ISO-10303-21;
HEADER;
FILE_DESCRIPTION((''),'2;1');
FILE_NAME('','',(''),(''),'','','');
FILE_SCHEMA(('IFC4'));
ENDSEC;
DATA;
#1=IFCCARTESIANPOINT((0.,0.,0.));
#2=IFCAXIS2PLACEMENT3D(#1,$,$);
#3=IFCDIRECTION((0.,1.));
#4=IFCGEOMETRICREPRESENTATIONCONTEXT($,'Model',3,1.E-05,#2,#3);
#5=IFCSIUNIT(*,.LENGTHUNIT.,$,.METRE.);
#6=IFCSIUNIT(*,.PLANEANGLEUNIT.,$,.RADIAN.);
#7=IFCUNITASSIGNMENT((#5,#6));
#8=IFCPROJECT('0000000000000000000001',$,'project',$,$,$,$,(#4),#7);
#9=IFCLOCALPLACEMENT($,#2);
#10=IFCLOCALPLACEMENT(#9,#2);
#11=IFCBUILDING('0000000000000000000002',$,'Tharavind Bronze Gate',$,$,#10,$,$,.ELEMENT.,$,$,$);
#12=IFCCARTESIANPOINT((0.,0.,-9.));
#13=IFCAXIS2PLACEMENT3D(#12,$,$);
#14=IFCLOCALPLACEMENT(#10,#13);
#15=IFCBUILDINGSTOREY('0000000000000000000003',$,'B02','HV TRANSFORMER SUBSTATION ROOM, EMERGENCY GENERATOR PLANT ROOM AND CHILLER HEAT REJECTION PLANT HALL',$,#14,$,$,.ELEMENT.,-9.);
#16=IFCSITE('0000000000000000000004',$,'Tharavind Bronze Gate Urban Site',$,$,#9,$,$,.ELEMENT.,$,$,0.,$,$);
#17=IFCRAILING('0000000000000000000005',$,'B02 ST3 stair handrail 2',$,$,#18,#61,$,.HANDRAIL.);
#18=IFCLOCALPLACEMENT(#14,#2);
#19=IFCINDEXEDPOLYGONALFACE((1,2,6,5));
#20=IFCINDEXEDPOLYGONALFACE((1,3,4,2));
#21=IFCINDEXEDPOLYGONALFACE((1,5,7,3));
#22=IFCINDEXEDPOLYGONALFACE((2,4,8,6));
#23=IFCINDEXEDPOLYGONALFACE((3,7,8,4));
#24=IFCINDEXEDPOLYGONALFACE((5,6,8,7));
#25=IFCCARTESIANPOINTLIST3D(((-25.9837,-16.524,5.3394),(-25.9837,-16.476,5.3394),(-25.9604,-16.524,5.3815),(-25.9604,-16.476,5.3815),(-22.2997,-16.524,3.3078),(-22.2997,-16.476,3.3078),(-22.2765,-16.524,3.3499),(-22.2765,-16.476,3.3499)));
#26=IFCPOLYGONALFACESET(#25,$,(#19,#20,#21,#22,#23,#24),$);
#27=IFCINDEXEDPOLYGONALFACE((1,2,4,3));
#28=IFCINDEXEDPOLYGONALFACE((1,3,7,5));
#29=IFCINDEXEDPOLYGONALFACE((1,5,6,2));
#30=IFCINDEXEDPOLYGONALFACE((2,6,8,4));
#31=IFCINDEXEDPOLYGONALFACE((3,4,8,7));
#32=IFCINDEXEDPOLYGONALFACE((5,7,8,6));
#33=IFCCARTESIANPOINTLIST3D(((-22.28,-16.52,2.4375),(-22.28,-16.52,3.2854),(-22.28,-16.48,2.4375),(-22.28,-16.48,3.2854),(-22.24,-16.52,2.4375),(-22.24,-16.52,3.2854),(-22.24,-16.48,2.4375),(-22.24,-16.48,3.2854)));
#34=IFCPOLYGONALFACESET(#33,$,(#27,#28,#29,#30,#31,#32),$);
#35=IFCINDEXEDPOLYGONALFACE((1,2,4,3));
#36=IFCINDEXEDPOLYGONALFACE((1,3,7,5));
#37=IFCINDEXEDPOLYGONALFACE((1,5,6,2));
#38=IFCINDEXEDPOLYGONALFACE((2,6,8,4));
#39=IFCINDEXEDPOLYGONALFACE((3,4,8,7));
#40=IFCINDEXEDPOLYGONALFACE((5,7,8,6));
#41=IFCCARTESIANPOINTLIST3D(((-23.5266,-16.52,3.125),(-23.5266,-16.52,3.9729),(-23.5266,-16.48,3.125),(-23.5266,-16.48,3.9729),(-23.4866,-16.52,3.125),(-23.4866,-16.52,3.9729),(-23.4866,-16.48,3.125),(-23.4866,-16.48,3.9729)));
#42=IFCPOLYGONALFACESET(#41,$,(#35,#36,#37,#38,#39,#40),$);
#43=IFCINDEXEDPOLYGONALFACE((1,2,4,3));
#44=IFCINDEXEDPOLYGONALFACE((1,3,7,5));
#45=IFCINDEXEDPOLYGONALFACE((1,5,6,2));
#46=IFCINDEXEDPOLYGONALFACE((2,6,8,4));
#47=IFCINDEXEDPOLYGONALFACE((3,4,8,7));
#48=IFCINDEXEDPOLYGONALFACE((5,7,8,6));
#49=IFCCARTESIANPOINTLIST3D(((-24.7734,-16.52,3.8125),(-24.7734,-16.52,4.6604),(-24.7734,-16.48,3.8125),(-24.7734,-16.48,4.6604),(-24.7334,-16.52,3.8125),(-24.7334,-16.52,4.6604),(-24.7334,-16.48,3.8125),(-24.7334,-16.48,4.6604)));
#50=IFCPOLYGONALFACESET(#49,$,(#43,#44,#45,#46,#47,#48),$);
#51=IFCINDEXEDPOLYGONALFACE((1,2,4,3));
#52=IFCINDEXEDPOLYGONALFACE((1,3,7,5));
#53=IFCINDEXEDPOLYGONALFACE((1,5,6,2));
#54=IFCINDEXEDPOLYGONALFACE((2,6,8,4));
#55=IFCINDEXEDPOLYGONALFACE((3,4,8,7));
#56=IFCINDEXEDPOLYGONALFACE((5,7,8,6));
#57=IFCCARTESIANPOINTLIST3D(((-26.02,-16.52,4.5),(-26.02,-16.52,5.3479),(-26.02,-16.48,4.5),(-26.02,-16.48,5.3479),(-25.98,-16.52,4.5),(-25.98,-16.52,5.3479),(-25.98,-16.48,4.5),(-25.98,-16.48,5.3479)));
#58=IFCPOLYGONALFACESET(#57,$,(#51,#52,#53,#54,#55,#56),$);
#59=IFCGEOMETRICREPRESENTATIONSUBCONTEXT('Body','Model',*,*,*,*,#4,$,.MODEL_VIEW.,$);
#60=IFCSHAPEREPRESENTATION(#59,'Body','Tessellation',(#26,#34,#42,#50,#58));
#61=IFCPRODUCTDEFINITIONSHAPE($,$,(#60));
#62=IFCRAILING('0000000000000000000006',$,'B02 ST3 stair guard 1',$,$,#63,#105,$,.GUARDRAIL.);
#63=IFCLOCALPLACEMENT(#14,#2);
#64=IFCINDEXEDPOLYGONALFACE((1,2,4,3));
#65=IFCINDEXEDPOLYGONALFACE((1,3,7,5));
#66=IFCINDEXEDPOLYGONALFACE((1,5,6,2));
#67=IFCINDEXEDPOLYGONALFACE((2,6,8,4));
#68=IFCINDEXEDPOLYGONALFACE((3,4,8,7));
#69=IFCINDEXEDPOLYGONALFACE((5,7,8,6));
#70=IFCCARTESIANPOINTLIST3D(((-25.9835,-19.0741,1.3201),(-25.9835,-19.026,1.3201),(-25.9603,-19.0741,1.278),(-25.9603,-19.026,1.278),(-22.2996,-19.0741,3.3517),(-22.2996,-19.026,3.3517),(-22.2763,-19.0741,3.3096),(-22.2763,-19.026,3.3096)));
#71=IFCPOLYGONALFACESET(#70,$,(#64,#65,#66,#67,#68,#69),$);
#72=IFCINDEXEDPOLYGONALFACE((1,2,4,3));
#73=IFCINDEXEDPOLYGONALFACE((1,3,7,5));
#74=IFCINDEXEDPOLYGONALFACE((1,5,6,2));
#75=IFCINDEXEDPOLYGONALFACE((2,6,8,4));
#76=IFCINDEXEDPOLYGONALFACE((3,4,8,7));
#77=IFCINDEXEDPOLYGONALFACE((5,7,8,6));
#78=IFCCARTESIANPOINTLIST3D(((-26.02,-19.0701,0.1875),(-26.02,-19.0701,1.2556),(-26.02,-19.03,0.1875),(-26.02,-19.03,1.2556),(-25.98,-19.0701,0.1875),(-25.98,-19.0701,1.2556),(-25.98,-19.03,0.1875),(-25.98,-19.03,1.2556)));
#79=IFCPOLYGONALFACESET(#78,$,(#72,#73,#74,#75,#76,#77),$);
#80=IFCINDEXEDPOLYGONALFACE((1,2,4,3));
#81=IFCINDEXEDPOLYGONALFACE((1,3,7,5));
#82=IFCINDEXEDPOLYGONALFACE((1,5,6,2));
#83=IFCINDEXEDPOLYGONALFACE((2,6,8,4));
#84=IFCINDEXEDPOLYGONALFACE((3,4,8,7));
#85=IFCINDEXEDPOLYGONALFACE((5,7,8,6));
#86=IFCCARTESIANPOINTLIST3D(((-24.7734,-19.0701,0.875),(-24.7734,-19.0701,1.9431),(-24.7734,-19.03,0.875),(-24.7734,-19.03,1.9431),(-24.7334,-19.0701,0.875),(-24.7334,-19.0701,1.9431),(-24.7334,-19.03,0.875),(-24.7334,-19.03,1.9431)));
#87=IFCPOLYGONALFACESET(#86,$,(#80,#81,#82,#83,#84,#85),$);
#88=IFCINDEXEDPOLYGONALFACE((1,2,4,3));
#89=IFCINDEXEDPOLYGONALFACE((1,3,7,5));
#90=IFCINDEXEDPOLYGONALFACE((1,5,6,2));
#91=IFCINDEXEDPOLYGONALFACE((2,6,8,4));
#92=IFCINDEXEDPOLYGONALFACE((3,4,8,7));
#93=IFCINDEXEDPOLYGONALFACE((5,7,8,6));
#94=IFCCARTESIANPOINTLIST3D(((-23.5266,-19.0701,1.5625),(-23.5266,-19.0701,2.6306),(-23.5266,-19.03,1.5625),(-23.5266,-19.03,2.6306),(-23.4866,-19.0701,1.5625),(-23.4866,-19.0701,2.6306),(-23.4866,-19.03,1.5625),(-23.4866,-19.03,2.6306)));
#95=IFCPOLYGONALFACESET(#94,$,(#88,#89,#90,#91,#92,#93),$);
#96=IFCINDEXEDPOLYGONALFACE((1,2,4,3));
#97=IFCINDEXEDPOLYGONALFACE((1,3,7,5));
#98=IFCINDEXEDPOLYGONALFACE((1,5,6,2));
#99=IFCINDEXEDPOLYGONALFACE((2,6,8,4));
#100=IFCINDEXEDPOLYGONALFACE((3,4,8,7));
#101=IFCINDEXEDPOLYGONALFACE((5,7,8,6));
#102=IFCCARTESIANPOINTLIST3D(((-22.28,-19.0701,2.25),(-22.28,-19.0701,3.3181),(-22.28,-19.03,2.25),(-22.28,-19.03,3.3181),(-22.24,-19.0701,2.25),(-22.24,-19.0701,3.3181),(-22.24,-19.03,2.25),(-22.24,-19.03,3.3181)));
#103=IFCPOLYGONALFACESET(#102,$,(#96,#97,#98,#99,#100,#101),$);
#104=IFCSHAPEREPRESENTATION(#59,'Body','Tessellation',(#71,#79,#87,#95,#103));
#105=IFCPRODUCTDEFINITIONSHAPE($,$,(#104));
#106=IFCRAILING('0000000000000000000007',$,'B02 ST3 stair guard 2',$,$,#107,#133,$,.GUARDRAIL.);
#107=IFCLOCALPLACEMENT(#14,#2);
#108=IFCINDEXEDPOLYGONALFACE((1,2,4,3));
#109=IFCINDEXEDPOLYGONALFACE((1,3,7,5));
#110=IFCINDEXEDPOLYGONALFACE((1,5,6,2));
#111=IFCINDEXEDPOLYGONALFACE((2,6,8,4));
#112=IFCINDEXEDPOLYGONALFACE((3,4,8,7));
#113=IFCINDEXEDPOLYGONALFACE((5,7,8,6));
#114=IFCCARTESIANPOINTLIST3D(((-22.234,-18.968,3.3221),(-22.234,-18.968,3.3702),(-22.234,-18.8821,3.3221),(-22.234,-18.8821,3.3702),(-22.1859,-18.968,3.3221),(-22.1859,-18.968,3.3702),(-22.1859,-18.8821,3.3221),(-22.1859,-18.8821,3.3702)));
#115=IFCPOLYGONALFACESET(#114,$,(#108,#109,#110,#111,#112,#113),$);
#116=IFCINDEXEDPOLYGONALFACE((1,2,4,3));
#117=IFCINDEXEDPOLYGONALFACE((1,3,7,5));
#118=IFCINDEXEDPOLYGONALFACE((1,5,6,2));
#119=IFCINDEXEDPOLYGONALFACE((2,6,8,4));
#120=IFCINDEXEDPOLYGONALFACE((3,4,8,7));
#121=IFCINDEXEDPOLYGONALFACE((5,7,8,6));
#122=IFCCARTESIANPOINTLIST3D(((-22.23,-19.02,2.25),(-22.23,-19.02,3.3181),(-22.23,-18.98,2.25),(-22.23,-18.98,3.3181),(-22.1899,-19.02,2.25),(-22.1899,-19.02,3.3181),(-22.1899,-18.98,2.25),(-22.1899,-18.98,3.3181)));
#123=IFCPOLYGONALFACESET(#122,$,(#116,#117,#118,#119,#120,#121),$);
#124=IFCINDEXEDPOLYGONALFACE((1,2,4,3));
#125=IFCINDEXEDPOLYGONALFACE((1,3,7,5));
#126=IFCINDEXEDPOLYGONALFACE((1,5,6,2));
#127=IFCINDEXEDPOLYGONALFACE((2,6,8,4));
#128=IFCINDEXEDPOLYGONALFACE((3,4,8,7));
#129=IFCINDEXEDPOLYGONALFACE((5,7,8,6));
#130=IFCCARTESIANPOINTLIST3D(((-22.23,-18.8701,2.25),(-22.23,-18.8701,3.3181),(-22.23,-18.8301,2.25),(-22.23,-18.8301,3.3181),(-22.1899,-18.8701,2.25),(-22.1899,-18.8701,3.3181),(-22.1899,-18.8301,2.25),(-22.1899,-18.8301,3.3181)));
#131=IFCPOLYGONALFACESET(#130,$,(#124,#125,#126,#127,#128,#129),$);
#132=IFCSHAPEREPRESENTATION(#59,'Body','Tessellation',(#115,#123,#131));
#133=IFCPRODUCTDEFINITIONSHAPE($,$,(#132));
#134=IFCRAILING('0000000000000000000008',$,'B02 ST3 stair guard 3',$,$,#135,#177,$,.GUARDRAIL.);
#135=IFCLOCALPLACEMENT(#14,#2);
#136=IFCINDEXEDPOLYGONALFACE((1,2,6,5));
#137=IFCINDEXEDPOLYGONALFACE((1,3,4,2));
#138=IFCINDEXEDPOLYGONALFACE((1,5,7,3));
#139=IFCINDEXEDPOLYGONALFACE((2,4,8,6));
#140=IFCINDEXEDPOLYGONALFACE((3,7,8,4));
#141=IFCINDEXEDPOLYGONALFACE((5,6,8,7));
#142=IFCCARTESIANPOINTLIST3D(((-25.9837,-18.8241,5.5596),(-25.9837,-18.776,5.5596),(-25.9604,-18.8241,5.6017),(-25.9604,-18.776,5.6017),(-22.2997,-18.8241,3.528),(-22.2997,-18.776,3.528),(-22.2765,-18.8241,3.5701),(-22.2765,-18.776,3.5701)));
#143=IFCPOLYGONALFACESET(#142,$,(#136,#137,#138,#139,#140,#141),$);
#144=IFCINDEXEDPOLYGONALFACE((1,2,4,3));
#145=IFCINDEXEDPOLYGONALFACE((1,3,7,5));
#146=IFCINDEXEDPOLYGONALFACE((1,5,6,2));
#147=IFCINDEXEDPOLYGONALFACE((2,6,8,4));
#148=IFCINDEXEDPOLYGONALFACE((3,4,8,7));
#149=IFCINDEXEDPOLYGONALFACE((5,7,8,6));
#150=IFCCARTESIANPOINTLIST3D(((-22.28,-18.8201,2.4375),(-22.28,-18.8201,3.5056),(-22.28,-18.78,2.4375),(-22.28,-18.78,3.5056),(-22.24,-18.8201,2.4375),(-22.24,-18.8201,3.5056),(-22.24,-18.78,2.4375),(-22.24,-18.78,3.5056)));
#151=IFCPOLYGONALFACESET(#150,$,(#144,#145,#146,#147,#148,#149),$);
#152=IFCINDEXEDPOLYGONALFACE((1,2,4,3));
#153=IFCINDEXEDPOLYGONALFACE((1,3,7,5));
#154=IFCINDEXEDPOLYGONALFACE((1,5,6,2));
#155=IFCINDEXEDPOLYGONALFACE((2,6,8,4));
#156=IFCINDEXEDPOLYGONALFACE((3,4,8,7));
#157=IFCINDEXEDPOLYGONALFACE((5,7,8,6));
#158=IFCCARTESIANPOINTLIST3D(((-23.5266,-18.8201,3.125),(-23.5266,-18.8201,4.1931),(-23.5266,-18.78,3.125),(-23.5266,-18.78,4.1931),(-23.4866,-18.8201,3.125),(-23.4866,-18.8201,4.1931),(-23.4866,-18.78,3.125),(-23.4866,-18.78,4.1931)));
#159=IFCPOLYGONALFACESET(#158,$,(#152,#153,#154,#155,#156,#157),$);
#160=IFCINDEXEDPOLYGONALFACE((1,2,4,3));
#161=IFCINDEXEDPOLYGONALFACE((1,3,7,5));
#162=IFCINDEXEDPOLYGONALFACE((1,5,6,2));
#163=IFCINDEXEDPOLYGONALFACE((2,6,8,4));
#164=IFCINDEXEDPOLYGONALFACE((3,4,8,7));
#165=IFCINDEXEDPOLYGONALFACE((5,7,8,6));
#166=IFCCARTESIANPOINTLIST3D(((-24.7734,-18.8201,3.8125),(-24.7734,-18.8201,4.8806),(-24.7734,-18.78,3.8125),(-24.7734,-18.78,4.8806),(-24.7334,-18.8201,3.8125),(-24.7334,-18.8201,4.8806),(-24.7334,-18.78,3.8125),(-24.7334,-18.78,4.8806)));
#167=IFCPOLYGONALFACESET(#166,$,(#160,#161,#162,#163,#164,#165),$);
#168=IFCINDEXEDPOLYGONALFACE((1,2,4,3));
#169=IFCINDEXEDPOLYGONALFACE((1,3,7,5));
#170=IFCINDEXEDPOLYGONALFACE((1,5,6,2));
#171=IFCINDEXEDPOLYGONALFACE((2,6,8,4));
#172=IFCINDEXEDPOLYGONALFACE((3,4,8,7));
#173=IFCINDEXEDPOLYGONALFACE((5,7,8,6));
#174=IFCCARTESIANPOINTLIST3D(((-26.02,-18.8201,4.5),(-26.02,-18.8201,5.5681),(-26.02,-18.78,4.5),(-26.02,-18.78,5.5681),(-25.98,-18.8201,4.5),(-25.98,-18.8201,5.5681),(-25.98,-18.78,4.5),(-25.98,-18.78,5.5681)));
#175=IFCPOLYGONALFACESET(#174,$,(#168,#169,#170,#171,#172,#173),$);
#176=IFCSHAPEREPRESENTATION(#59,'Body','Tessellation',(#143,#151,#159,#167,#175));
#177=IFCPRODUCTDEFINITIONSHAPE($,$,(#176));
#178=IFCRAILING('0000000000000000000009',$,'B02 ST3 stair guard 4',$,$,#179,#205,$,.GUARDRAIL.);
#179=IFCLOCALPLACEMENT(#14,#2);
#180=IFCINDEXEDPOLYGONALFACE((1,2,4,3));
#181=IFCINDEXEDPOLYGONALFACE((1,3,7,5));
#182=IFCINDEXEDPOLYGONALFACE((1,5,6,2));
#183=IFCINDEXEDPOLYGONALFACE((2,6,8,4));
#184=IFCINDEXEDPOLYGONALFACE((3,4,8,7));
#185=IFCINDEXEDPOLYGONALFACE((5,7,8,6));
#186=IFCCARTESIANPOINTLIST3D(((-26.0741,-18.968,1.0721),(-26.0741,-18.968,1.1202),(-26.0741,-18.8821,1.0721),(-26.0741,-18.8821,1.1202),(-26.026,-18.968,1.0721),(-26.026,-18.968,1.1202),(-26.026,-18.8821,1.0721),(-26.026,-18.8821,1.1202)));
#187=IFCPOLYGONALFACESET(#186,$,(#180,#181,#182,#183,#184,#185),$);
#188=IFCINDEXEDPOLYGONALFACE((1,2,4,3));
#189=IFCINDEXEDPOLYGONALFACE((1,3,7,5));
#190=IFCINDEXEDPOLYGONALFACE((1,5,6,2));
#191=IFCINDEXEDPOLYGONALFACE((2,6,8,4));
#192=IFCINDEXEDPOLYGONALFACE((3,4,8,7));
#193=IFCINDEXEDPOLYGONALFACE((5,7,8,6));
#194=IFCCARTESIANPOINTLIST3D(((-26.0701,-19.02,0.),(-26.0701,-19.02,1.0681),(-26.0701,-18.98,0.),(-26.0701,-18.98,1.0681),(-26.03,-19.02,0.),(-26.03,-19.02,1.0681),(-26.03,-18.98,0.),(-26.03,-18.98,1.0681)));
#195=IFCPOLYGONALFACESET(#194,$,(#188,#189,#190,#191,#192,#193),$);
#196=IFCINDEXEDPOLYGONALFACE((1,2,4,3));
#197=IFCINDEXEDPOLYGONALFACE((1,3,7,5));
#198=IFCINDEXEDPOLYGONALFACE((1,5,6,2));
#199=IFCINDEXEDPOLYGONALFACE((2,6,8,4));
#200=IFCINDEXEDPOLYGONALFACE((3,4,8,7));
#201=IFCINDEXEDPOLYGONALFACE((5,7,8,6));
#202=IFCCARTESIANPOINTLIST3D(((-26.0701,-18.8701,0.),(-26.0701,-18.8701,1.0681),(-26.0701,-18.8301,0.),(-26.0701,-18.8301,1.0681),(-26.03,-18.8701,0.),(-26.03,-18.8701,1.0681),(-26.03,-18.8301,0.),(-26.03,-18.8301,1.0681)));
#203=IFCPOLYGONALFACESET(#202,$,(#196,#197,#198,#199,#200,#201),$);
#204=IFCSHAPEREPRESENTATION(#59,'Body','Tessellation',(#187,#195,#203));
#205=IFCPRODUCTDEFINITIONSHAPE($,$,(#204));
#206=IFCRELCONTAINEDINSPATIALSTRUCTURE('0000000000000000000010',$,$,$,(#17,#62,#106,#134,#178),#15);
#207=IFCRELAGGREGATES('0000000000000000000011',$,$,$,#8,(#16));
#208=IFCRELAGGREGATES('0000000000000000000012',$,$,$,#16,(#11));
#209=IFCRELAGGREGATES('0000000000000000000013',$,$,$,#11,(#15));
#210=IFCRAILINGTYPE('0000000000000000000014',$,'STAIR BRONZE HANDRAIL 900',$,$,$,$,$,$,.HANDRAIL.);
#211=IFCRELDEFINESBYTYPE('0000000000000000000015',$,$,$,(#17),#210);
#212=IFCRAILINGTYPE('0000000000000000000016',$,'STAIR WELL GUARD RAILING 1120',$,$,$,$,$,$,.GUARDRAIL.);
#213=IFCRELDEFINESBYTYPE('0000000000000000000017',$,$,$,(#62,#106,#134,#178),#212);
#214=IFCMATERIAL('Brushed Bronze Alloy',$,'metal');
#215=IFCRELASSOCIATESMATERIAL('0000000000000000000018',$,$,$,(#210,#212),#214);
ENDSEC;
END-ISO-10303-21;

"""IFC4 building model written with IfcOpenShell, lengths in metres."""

from ifc_helpers import new_model, si_unit, direction, frame, origin, origin_2d, place, context, subcontext, project, spatial, rectangle, extrude, material, type_object, element, save


model = new_model("IFC4")

# Units and contexts
model_context = context("Model", 3, precision=1e-05, world=origin(), true_north=direction((0.0, 1.0)))
body_context = subcontext(model_context, "Body", "Model", "MODEL_VIEW")
ifc_project = project(units=[si_unit("LENGTHUNIT", "METRE"), si_unit("PLANEANGLEUNIT", "RADIAN")], contexts=[model_context])

# Site, building, storey
site_placement = place(None, origin())
site = spatial("IfcSite", under=ifc_project, at=site_placement, Name="Tharavind Bronze Gate Urban Site", CompositionType="ELEMENT", RefElevation=0.0)
building_placement = place(site_placement, origin())
building = spatial("IfcBuilding", under=site, at=building_placement, Name="Tharavind Bronze Gate", CompositionType="ELEMENT")
storey_placement = place(building_placement, frame((0.0, 0.0, -9.0)))
storey = spatial("IfcBuildingStorey", under=building, at=storey_placement, Name="B02", Description="HV TRANSFORMER SUBSTATION ROOM, EMERGENCY GENERATOR PLANT ROOM AND CHILLER HEAT REJECTION PLANT HALL", CompositionType="ELEMENT", Elevation=-9.0)

# Railings
ifc_material_1 = material(Name="Brushed Bronze Alloy", Category="metal")
railing_type_1 = type_object("IfcRailingType", Name="STAIR BRONZE HANDRAIL 900", PredefinedType="HANDRAIL", material=ifc_material_1)
railing_1_placement = place(storey_placement, frame((-22.26, -16.5, 2.4375)))
element("IfcRailing", 1, at=railing_1_placement, inside=storey, type_object=railing_type_1, Name="B02 ST3 stair handrail 2", PredefinedType="HANDRAIL", context=body_context, shape_type="SweptSolid", body=[
    extrude(rectangle(XDim=0.0481, YDim=0.0481, at=origin_2d()), frame((-0.0281, 0.0, 0.8914), z_axis=(-0.875671, 0.0, 0.482908), x_axis=(0.0, -1.0, 0.0)), (0.0, 0.0, 1.0), 4.207),
    extrude(rectangle(XDim=0.04, YDim=0.04, at=origin_2d()), origin(), (0.0, 0.0, 1.0), 0.8479),
    extrude(rectangle(XDim=0.04, YDim=0.04, at=origin_2d()), frame((-1.2466, 0.0, 0.6875)), (0.0, 0.0, 1.0), 0.8479),
    extrude(rectangle(XDim=0.04, YDim=0.04, at=origin_2d()), frame((-2.4934, 0.0, 1.375)), (0.0, 0.0, 1.0), 0.8479),
    extrude(rectangle(XDim=0.04, YDim=0.04, at=origin_2d()), frame((-3.74, 0.0, 2.0625)), (0.0, 0.0, 1.0), 0.8479),
])
railing_type_2 = type_object("IfcRailingType", Name="STAIR WELL GUARD RAILING 1120", PredefinedType="GUARDRAIL", material=ifc_material_1)
railing_2_placement = place(storey_placement, frame((-26.0, -19.05, 0.1875)))
element("IfcRailing", 2, at=railing_2_placement, inside=storey, type_object=railing_type_2, Name="B02 ST3 stair guard 1", PredefinedType="GUARDRAIL", context=body_context, shape_type="SweptSolid", body=[
    extrude(rectangle(XDim=0.0481, YDim=0.0481, at=origin_2d()), frame((0.0281, 0.0, 1.1116), z_axis=(0.875671, 0.0, 0.482908), x_axis=(0.0, 1.0, 0.0)), (0.0, 0.0, 1.0), 4.207),
    extrude(rectangle(XDim=0.04, YDim=0.04, at=origin_2d()), origin(), (0.0, 0.0, 1.0), 1.0681),
    extrude(rectangle(XDim=0.04, YDim=0.04, at=origin_2d()), frame((1.2466, 0.0, 0.6875)), (0.0, 0.0, 1.0), 1.0681),
    extrude(rectangle(XDim=0.04, YDim=0.04, at=origin_2d()), frame((2.4934, 0.0, 1.375)), (0.0, 0.0, 1.0), 1.0681),
    extrude(rectangle(XDim=0.04, YDim=0.04, at=origin_2d()), frame((3.74, 0.0, 2.0625)), (0.0, 0.0, 1.0), 1.0681),
])
railing_3_placement = place(storey_placement, frame((-22.21, -19.0, 2.25)))
element("IfcRailing", 3, at=railing_3_placement, inside=storey, type_object=railing_type_2, Name="B02 ST3 stair guard 2", PredefinedType="GUARDRAIL", context=body_context, shape_type="SweptSolid", body=[
    extrude(rectangle(XDim=0.0481, YDim=0.0481, at=origin_2d()), frame((0.0, 0.032, 1.0962), z_axis=(0.0, 1.0, 0.0), x_axis=(-1.0, 0.0, 0.0)), (0.0, 0.0, 1.0), 0.0859),
    extrude(rectangle(XDim=0.04, YDim=0.04, at=origin_2d()), origin(), (0.0, 0.0, 1.0), 1.0681),
    extrude(rectangle(XDim=0.04, YDim=0.04, at=origin_2d()), frame((0.0, 0.1499, 0.0)), (0.0, 0.0, 1.0), 1.0681),
])
railing_4_placement = place(storey_placement, frame((-22.26, -18.8, 2.4375)))
element("IfcRailing", 4, at=railing_4_placement, inside=storey, type_object=railing_type_2, Name="B02 ST3 stair guard 3", PredefinedType="GUARDRAIL", context=body_context, shape_type="SweptSolid", body=[
    extrude(rectangle(XDim=0.0481, YDim=0.0481, at=origin_2d()), frame((-0.0281, 0.0, 1.1116), z_axis=(-0.875671, 0.0, 0.482908), x_axis=(0.0, -1.0, 0.0)), (0.0, 0.0, 1.0), 4.207),
    extrude(rectangle(XDim=0.04, YDim=0.04, at=origin_2d()), origin(), (0.0, 0.0, 1.0), 1.0681),
    extrude(rectangle(XDim=0.04, YDim=0.04, at=origin_2d()), frame((-1.2466, 0.0, 0.6875)), (0.0, 0.0, 1.0), 1.0681),
    extrude(rectangle(XDim=0.04, YDim=0.04, at=origin_2d()), frame((-2.4934, 0.0, 1.375)), (0.0, 0.0, 1.0), 1.0681),
    extrude(rectangle(XDim=0.04, YDim=0.04, at=origin_2d()), frame((-3.74, 0.0, 2.0625)), (0.0, 0.0, 1.0), 1.0681),
])
railing_5_placement = place(storey_placement, frame((-26.05, -19.0, 0.0)))
element("IfcRailing", 5, at=railing_5_placement, inside=storey, type_object=railing_type_2, Name="B02 ST3 stair guard 4", PredefinedType="GUARDRAIL", context=body_context, shape_type="SweptSolid", body=[
    extrude(rectangle(XDim=0.0481, YDim=0.0481, at=origin_2d()), frame((0.0, 0.032, 1.0962), z_axis=(0.0, 1.0, 0.0), x_axis=(-1.0, 0.0, 0.0)), (0.0, 0.0, 1.0), 0.0859),
    extrude(rectangle(XDim=0.04, YDim=0.04, at=origin_2d()), origin(), (0.0, 0.0, 1.0), 1.0681),
    extrude(rectangle(XDim=0.04, YDim=0.04, at=origin_2d()), frame((0.0, 0.1499, 0.0)), (0.0, 0.0, 1.0), 1.0681),
])

save(model, "model.ifc")
